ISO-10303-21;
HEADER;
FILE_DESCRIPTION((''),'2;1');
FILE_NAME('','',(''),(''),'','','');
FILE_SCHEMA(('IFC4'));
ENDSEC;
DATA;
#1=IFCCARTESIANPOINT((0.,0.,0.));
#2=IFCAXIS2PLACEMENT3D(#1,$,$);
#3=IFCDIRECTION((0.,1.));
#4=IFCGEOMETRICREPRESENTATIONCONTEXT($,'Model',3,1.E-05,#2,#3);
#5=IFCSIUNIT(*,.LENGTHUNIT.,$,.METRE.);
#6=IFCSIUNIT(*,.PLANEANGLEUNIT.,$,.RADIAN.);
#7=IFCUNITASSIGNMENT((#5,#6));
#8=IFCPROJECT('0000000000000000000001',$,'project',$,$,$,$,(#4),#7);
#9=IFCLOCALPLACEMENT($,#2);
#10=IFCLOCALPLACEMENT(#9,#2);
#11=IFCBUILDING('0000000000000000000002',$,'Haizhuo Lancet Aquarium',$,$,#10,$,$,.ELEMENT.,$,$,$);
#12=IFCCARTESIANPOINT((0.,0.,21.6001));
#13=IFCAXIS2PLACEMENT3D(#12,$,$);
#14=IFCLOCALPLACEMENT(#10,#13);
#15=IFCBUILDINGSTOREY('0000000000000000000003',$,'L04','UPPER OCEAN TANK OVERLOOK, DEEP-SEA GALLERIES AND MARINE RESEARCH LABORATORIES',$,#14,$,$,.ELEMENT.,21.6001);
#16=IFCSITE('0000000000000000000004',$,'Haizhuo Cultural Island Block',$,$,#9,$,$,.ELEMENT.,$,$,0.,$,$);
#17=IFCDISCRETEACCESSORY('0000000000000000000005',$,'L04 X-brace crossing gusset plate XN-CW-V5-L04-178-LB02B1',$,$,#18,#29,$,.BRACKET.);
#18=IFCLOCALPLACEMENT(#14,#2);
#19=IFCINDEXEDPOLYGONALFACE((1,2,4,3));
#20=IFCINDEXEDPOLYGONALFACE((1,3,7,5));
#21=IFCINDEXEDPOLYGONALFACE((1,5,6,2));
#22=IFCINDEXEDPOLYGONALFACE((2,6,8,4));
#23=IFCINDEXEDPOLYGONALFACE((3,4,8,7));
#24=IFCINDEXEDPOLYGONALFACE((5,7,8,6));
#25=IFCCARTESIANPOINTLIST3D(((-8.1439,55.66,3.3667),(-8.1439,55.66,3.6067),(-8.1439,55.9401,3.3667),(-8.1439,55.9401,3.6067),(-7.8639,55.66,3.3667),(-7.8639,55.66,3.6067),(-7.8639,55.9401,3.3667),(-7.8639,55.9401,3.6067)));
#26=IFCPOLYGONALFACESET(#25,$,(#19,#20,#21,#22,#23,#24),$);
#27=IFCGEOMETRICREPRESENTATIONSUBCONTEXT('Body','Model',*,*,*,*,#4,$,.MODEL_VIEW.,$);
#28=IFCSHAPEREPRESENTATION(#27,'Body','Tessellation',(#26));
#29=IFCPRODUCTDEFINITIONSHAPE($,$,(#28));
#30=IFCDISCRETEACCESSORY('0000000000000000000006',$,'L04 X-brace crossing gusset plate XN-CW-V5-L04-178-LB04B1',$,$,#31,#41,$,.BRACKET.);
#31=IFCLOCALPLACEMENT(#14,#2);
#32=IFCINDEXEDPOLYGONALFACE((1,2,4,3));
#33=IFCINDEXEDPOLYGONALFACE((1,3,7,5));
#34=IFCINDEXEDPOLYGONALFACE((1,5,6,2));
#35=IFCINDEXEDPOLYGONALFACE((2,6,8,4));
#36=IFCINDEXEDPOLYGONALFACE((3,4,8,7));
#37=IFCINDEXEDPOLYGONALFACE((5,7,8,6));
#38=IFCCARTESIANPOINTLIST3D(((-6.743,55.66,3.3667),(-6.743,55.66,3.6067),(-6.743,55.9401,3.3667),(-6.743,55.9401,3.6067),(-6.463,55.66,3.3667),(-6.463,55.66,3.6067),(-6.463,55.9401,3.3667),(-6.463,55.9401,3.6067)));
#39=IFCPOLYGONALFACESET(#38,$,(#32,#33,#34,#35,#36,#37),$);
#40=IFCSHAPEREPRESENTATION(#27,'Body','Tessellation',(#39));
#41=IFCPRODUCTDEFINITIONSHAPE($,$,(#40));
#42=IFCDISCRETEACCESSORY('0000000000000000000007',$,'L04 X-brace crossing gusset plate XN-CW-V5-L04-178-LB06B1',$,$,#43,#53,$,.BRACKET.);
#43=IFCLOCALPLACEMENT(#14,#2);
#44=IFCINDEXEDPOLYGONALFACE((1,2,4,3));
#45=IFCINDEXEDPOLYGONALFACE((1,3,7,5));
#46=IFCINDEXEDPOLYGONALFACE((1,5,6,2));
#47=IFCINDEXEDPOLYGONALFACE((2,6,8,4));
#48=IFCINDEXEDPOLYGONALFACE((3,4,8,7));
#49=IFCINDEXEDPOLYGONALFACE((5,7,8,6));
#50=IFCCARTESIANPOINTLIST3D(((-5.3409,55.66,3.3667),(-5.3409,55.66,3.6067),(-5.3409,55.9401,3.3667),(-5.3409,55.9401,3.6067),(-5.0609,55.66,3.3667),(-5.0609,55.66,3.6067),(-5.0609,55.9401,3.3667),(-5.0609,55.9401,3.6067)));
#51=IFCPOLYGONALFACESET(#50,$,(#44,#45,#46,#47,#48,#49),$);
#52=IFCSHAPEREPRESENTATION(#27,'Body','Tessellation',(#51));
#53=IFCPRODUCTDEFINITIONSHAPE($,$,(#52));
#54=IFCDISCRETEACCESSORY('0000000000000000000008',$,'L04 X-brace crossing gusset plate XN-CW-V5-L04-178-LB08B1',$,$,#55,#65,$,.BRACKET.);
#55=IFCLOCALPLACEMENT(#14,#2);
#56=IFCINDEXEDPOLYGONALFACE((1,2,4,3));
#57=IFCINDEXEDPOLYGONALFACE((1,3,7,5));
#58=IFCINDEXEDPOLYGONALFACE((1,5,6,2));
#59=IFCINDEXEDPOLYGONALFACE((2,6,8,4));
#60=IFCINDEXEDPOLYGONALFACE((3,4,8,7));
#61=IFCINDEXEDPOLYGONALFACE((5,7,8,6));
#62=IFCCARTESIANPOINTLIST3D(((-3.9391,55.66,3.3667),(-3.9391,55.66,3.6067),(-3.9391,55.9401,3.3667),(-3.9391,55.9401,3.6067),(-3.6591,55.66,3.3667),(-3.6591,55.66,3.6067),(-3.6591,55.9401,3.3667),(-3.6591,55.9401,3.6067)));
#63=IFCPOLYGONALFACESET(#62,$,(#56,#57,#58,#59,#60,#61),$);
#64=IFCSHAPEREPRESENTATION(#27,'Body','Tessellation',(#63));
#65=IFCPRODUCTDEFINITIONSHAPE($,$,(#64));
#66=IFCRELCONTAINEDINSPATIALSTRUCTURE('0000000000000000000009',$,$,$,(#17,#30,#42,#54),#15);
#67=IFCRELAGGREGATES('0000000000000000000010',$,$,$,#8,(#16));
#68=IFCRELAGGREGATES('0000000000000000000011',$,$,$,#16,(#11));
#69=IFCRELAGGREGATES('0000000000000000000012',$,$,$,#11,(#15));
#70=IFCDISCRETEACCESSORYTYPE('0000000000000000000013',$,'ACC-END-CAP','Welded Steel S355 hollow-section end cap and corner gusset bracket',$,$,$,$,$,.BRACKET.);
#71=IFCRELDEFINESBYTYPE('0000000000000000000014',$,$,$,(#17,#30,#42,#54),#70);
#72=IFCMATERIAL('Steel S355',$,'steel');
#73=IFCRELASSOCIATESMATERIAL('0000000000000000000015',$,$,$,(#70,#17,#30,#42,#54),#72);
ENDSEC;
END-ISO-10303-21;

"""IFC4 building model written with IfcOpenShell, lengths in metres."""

from ifc_helpers import new_model, si_unit, direction, frame, origin, origin_2d, place, context, subcontext, project, spatial, rectangle, extrude, material, type_object, element, save


model = new_model("IFC4")

# Units and contexts
model_context = context("Model", 3, precision=1e-05, world=origin(), true_north=direction((0.0, 1.0)))
body_context = subcontext(model_context, "Body", "Model", "MODEL_VIEW")
ifc_project = project(units=[si_unit("LENGTHUNIT", "METRE"), si_unit("PLANEANGLEUNIT", "RADIAN")], contexts=[model_context])

# Site, building, storey
site_placement = place(None, origin())
site = spatial("IfcSite", under=ifc_project, at=site_placement, Name="Haizhuo Cultural Island Block", CompositionType="ELEMENT", RefElevation=0.0)
building_placement = place(site_placement, origin())
building = spatial("IfcBuilding", under=site, at=building_placement, Name="Haizhuo Lancet Aquarium", CompositionType="ELEMENT")
storey_placement = place(building_placement, frame((0.0, 0.0, 21.6001)))
storey = spatial("IfcBuildingStorey", under=building, at=storey_placement, Name="L04", Description="UPPER OCEAN TANK OVERLOOK, DEEP-SEA GALLERIES AND MARINE RESEARCH LABORATORIES", CompositionType="ELEMENT", Elevation=21.6001)

# Shared definitions
ifc_material_1 = material(Name="Steel S355", Category="steel")

# Discrete accessories
discrete_accessory_type = type_object("IfcDiscreteAccessoryType", Name="ACC-END-CAP", Description="Welded Steel S355 hollow-section end cap and corner gusset bracket", PredefinedType="BRACKET", material=ifc_material_1)
for number, where, z_axis, x_axis, name in (
    (1, (-8.0039, 55.8, 3.3667), (0.0, 0.0, 1.0), (1.0, 0.0, 0.0), "L04 X-brace crossing gusset plate XN-CW-V5-L04-178-LB02B1"),
    (2, (-6.603, 55.8, 3.3667), (0.0, 0.0, 1.0), (1.0, 0.0, 0.0), "L04 X-brace crossing gusset plate XN-CW-V5-L04-178-LB04B1"),
    (3, (-5.2009, 55.8, 3.3667), (0.0, 0.0, 1.0), (1.0, 0.0, 0.0), "L04 X-brace crossing gusset plate XN-CW-V5-L04-178-LB06B1"),
    (4, (-3.7991, 55.8, 3.3667), (0.0, 0.0, 1.0), (1.0, 0.0, 0.0), "L04 X-brace crossing gusset plate XN-CW-V5-L04-178-LB08B1"),
):
    element("IfcDiscreteAccessory", number, at=place(storey_placement, frame(where, z_axis=z_axis, x_axis=x_axis)), inside=storey, type_object=discrete_accessory_type, material=ifc_material_1, Name=name, PredefinedType="BRACKET", context=body_context, shape_type="SweptSolid", body=[
        extrude(rectangle(XDim=0.28, YDim=0.28, at=origin_2d()), origin(), (0.0, 0.0, 1.0), 0.24),
    ])

save(model, "model.ifc")
